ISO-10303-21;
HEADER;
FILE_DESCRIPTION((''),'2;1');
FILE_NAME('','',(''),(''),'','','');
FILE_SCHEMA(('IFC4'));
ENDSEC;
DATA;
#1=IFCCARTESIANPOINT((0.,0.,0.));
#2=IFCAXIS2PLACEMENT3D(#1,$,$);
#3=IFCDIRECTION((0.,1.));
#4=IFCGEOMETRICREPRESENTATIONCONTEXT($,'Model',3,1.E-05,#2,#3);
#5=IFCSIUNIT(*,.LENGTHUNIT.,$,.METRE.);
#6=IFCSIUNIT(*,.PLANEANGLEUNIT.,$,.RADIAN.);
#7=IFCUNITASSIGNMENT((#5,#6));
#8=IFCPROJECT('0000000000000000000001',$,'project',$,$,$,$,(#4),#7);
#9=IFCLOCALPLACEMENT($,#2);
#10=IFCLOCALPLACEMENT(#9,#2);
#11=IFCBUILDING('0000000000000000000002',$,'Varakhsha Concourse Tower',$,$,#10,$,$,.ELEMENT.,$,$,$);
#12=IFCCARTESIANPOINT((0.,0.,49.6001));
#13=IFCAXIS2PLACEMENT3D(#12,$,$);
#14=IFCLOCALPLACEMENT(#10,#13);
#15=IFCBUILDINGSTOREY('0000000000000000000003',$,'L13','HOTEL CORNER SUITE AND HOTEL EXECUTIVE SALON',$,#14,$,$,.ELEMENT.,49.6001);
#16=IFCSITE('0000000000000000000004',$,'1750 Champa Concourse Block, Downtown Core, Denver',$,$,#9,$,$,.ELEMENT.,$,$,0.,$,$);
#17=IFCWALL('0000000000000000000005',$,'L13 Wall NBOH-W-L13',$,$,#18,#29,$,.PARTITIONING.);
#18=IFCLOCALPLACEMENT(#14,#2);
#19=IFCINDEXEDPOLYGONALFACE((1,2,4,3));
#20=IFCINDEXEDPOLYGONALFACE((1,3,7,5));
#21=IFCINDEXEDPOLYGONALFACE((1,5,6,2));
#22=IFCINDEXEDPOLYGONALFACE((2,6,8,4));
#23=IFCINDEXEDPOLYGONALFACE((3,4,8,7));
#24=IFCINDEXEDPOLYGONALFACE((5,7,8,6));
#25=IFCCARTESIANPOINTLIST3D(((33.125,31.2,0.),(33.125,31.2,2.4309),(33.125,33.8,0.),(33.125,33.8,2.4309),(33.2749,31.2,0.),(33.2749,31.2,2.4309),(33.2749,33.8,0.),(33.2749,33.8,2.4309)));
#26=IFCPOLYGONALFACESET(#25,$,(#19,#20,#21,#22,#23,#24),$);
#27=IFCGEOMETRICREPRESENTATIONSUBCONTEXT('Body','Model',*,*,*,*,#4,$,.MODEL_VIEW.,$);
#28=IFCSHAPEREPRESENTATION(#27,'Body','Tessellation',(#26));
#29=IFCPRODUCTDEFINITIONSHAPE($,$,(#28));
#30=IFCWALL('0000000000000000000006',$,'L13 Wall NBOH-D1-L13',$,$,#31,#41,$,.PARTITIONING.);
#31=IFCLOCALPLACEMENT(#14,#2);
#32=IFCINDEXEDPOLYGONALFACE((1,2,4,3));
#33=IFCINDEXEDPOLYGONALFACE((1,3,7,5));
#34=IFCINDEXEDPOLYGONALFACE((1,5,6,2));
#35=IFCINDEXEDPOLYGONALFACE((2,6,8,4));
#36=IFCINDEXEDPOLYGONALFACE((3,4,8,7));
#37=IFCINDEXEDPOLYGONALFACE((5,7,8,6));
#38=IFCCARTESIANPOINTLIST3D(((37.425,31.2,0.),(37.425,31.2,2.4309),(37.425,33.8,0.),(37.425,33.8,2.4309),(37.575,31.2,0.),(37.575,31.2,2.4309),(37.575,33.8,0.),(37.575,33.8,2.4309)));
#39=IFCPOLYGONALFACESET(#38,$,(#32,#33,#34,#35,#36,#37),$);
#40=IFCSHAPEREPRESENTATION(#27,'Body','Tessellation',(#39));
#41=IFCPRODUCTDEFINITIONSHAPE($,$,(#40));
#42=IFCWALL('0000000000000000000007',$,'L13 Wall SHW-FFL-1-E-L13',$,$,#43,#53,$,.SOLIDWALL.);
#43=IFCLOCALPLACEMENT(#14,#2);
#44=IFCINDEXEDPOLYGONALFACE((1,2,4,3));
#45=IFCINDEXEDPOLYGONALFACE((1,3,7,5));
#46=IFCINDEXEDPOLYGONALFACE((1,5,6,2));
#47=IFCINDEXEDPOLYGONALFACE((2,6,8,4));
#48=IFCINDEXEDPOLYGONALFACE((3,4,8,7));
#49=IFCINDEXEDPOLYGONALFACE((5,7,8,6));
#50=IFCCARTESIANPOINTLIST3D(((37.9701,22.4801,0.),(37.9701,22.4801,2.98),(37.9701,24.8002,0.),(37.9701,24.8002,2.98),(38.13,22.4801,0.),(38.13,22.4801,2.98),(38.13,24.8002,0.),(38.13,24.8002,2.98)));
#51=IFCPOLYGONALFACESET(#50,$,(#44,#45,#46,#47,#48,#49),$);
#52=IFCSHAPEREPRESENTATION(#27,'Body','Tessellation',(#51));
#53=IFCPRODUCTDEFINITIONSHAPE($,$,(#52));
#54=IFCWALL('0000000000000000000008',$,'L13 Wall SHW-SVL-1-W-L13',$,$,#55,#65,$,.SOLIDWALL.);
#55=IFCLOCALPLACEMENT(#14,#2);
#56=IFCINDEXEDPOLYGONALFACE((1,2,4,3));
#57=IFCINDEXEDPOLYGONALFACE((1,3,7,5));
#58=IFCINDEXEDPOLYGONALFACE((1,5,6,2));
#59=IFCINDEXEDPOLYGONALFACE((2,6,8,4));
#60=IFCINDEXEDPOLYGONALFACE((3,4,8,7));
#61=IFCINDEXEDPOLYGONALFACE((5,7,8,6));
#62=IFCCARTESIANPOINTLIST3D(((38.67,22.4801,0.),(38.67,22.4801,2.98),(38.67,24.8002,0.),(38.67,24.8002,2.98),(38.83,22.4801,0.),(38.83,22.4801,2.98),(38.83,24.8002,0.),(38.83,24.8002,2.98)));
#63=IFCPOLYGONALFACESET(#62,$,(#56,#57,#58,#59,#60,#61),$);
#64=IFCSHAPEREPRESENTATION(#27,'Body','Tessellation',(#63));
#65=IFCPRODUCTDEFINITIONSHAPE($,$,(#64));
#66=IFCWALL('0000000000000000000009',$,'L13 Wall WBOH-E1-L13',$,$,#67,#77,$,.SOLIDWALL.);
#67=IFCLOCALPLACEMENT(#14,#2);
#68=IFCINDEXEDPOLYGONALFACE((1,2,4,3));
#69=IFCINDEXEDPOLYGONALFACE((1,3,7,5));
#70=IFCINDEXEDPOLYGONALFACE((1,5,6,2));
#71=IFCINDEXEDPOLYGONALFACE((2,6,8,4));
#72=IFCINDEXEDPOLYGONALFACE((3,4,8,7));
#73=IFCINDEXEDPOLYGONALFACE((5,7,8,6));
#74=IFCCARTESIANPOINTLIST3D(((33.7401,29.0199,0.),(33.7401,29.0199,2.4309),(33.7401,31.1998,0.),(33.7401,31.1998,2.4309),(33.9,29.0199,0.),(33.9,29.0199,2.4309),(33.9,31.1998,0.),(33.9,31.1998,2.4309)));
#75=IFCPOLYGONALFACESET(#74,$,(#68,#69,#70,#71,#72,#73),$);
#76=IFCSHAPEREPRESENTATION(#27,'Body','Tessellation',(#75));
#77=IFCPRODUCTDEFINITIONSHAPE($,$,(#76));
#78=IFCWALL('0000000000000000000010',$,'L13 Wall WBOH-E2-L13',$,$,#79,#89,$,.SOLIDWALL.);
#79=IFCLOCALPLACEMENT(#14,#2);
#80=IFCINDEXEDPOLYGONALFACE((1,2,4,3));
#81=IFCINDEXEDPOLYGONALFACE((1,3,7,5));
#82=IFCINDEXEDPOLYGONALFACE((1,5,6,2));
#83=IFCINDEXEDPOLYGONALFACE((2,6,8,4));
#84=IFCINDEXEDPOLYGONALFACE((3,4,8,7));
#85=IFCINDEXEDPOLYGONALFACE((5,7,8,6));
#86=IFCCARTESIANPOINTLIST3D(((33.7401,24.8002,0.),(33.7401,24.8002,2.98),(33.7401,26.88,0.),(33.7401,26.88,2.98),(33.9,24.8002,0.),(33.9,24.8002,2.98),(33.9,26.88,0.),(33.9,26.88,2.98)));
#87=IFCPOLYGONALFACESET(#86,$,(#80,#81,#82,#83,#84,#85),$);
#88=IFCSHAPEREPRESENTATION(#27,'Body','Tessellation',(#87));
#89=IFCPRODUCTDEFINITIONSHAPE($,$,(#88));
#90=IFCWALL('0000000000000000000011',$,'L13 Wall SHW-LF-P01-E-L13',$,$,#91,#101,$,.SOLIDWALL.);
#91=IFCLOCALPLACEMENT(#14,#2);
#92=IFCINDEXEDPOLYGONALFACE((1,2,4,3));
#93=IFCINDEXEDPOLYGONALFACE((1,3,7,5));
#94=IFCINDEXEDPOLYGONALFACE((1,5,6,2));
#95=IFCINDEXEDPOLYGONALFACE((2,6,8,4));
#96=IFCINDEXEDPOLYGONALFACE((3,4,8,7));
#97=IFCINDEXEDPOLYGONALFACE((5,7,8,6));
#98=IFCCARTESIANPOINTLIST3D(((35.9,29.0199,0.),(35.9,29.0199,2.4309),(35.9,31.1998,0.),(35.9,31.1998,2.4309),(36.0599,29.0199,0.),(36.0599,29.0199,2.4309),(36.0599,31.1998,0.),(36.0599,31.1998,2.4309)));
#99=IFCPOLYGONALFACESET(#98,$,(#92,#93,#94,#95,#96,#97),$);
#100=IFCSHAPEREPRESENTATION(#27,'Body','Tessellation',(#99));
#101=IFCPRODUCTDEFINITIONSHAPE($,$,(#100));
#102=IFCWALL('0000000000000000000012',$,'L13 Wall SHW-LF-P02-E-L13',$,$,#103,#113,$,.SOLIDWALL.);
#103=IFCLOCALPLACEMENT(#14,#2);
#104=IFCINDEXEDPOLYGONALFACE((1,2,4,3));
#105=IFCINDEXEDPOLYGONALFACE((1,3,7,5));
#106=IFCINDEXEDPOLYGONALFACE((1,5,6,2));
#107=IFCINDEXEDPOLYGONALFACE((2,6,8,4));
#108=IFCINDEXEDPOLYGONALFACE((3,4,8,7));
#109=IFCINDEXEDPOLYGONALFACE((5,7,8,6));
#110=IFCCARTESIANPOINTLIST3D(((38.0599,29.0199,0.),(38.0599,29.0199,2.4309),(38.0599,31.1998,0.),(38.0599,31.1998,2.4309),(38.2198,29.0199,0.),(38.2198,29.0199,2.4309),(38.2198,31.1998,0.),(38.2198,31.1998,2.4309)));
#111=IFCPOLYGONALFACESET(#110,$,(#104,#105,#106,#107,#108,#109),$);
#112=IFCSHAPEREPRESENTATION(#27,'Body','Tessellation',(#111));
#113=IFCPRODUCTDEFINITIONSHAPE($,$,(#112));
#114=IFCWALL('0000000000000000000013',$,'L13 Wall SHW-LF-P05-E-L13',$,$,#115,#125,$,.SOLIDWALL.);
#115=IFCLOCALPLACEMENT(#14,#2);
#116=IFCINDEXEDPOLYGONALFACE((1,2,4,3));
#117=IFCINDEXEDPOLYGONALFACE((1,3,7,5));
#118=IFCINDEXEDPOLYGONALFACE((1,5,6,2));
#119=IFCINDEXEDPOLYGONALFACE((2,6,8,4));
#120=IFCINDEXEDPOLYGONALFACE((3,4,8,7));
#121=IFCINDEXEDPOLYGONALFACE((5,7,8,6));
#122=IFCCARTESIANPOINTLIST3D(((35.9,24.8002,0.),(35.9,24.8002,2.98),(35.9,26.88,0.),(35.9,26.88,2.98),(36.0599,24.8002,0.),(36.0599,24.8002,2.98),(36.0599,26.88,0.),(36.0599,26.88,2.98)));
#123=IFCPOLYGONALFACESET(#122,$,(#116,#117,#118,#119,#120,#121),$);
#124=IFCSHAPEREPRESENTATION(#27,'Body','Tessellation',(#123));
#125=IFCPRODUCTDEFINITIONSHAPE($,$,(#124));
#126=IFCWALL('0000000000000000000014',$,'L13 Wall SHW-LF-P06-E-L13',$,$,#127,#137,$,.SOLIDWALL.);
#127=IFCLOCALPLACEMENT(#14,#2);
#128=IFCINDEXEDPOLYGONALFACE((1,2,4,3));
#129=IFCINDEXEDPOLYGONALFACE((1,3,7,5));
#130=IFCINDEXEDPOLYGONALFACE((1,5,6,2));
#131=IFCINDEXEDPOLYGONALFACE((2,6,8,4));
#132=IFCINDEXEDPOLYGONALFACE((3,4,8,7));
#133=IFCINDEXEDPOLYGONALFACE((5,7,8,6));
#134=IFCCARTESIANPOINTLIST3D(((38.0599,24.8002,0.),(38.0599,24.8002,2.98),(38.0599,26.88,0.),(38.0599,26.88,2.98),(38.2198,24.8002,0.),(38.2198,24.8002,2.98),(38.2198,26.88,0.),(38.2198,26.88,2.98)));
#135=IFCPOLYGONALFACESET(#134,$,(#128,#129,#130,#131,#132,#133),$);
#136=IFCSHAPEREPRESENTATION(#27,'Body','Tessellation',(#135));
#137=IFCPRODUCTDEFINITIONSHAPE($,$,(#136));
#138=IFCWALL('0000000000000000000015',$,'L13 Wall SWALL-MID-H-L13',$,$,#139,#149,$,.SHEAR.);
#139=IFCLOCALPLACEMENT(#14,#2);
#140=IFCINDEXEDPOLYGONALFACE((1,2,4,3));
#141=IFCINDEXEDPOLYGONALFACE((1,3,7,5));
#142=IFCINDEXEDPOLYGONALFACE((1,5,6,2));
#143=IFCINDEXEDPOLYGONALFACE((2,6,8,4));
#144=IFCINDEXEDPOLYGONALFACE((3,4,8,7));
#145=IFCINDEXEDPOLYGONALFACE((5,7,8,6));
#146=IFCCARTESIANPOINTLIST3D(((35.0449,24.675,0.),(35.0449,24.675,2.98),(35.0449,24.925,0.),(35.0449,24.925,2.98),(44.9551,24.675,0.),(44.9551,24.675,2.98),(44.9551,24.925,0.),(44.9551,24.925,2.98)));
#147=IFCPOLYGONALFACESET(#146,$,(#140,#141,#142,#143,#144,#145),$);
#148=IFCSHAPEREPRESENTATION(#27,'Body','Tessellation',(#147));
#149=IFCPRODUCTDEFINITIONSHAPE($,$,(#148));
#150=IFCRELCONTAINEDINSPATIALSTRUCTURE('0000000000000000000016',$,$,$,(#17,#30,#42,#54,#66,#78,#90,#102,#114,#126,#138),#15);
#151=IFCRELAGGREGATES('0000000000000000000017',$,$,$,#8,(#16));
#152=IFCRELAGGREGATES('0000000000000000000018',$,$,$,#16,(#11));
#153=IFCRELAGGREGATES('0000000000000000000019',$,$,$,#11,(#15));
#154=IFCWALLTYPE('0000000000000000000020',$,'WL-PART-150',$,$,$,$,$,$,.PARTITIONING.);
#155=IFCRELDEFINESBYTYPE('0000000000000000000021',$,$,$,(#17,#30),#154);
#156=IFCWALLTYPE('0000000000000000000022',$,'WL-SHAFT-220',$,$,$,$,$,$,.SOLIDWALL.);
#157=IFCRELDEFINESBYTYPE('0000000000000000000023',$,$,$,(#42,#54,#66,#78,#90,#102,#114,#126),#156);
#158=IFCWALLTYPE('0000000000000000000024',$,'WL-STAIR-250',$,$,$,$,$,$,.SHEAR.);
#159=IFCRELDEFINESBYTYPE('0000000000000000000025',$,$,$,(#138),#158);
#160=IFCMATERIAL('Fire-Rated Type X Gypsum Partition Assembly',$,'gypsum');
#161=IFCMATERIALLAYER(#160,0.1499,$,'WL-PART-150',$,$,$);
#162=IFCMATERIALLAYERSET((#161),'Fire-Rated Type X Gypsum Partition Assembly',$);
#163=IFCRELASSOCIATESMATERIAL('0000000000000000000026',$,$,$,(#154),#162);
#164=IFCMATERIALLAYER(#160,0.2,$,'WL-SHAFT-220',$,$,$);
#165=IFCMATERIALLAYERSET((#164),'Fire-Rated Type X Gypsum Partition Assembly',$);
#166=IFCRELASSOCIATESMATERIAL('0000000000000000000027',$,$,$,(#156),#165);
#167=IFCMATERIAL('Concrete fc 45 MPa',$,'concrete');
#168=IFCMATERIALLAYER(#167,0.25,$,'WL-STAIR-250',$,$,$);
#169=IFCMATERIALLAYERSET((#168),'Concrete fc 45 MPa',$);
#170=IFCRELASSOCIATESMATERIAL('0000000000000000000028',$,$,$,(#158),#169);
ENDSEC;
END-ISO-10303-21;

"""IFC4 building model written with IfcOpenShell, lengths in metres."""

from ifc_helpers import new_model, si_unit, direction, frame, frame_2d, origin, place, context, subcontext, project, spatial, rectangle, extrude, material, layer, layer_set, type_object, element, save


model = new_model("IFC4")

# Units and contexts
model_context = context("Model", 3, precision=1e-05, world=origin(), true_north=direction((0.0, 1.0)))
body_context = subcontext(model_context, "Body", "Model", "MODEL_VIEW")
ifc_project = project(units=[si_unit("LENGTHUNIT", "METRE"), si_unit("PLANEANGLEUNIT", "RADIAN")], contexts=[model_context])

# Site, building, storey
site_placement = place(None, origin())
site = spatial("IfcSite", under=ifc_project, at=site_placement, Name="1750 Champa Concourse Block, Downtown Core, Denver", CompositionType="ELEMENT", RefElevation=0.0)
building_placement = place(site_placement, origin())
building = spatial("IfcBuilding", under=site, at=building_placement, Name="Varakhsha Concourse Tower", CompositionType="ELEMENT")
storey_placement = place(building_placement, frame((0.0, 0.0, 49.6001)))
storey = spatial("IfcBuildingStorey", under=building, at=storey_placement, Name="L13", Description="HOTEL CORNER SUITE AND HOTEL EXECUTIVE SALON", CompositionType="ELEMENT", Elevation=49.6001)

# Shared definitions
ifc_material_1 = material(Name="Fire-Rated Type X Gypsum Partition Assembly", Category="gypsum")
ifc_layer_1 = layer(ifc_material_1, 0.1499, Name="WL-PART-150")
ifc_layer_set_1 = layer_set([ifc_layer_1], Name="Fire-Rated Type X Gypsum Partition Assembly")
wall_type_1 = type_object("IfcWallType", Name="WL-PART-150", PredefinedType="PARTITIONING", material=ifc_layer_set_1)

# Walls
for number, where, z_axis, x_axis, name in (
    (1, (33.2, 31.2, 0.0), (0.0, 0.0, 1.0), (0.0, 1.0, 0.0), "L13 Wall NBOH-W-L13"),
    (2, (37.5, 31.2, 0.0), (0.0, 0.0, 1.0), (0.0, 1.0, 0.0), "L13 Wall NBOH-D1-L13"),
):
    element("IfcWall", number, at=place(storey_placement, frame(where, z_axis=z_axis, x_axis=x_axis)), inside=storey, type_object=wall_type_1, Name=name, PredefinedType="PARTITIONING", context=body_context, shape_type="SweptSolid", body=[
        extrude(rectangle(XDim=2.6001, YDim=0.1499, at=frame_2d((1.3, 0.0))), origin(), (0.0, 0.0, 1.0), 2.4309),
    ])
ifc_layer_2 = layer(ifc_material_1, 0.2, Name="WL-SHAFT-220")
ifc_layer_set_2 = layer_set([ifc_layer_2], Name="Fire-Rated Type X Gypsum Partition Assembly")
wall_type_2 = type_object("IfcWallType", Name="WL-SHAFT-220", PredefinedType="SOLIDWALL", material=ifc_layer_set_2)
for number, where, z_axis, x_axis, name in (
    (3, (38.05, 22.48, 0.0), (0.0, 0.0, 1.0), (0.0, 1.0, 0.0), "L13 Wall SHW-FFL-1-E-L13"),
    (4, (38.75, 22.48, 0.0), (0.0, 0.0, 1.0), (0.0, 1.0, 0.0), "L13 Wall SHW-SVL-1-W-L13"),
):
    element("IfcWall", number, at=place(storey_placement, frame(where, z_axis=z_axis, x_axis=x_axis)), inside=storey, type_object=wall_type_2, Name=name, PredefinedType="SOLIDWALL", context=body_context, shape_type="SweptSolid", body=[
        extrude(rectangle(XDim=2.3201, YDim=0.1599, at=frame_2d((1.1602, 0.0))), origin(), (0.0, 0.0, 1.0), 2.98),
    ])

# Walls
wall_1_placement = place(storey_placement, frame((33.8201, 29.02, 0.0), z_axis=(0.0, 0.0, 1.0), x_axis=(0.0, 1.0, 0.0)))
element("IfcWall", 5, at=wall_1_placement, inside=storey, type_object=wall_type_2, Name="L13 Wall WBOH-E1-L13", PredefinedType="SOLIDWALL", context=body_context, shape_type="SweptSolid", body=[
    extrude(rectangle(XDim=2.1799, YDim=0.1599, at=frame_2d((1.0898, 0.0))), origin(), (0.0, 0.0, 1.0), 2.4309),
])
wall_2_placement = place(storey_placement, frame((33.8201, 24.8, 0.0), z_axis=(0.0, 0.0, 1.0), x_axis=(0.0, 1.0, 0.0)))
element("IfcWall", 6, at=wall_2_placement, inside=storey, type_object=wall_type_2, Name="L13 Wall WBOH-E2-L13", PredefinedType="SOLIDWALL", context=body_context, shape_type="SweptSolid", body=[
    extrude(rectangle(XDim=2.0798, YDim=0.1599, at=frame_2d((1.04, 0.0))), origin(), (0.0, 0.0, 1.0), 2.98),
])
for number, where, z_axis, x_axis, name in (
    (7, (35.98, 29.02, 0.0), (0.0, 0.0, 1.0), (0.0, 1.0, 0.0), "L13 Wall SHW-LF-P01-E-L13"),
    (8, (38.1399, 29.02, 0.0), (0.0, 0.0, 1.0), (0.0, 1.0, 0.0), "L13 Wall SHW-LF-P02-E-L13"),
):
    element("IfcWall", number, at=place(storey_placement, frame(where, z_axis=z_axis, x_axis=x_axis)), inside=storey, type_object=wall_type_2, Name=name, PredefinedType="SOLIDWALL", context=body_context, shape_type="SweptSolid", body=[
        extrude(rectangle(XDim=2.1799, YDim=0.1599, at=frame_2d((1.0898, 0.0))), origin(), (0.0, 0.0, 1.0), 2.4309),
    ])
for number, where, z_axis, x_axis, name in (
    (9, (35.98, 24.8, 0.0), (0.0, 0.0, 1.0), (0.0, 1.0, 0.0), "L13 Wall SHW-LF-P05-E-L13"),
    (10, (38.1399, 24.8, 0.0), (0.0, 0.0, 1.0), (0.0, 1.0, 0.0), "L13 Wall SHW-LF-P06-E-L13"),
):
    element("IfcWall", number, at=place(storey_placement, frame(where, z_axis=z_axis, x_axis=x_axis)), inside=storey, type_object=wall_type_2, Name=name, PredefinedType="SOLIDWALL", context=body_context, shape_type="SweptSolid", body=[
        extrude(rectangle(XDim=2.0798, YDim=0.1599, at=frame_2d((1.04, 0.0))), origin(), (0.0, 0.0, 1.0), 2.98),
    ])
ifc_material_2 = material(Name="Concrete fc 45 MPa", Category="concrete")
ifc_layer_3 = layer(ifc_material_2, 0.25, Name="WL-STAIR-250")
ifc_layer_set_3 = layer_set([ifc_layer_3], Name="Concrete fc 45 MPa")
wall_type_3 = type_object("IfcWallType", Name="WL-STAIR-250", PredefinedType="SHEAR", material=ifc_layer_set_3)
wall_3_placement = place(storey_placement, frame((35.0449, 24.8, 0.0), z_axis=(0.0, 0.0, 1.0), x_axis=(1.0, 0.0, 0.0)))
element("IfcWall", 11, at=wall_3_placement, inside=storey, type_object=wall_type_3, Name="L13 Wall SWALL-MID-H-L13", PredefinedType="SHEAR", context=body_context, shape_type="SweptSolid", body=[
    extrude(rectangle(XDim=9.9102, YDim=0.25, at=frame_2d((4.9551, 0.0))), origin(), (0.0, 0.0, 1.0), 2.98),
])

save(model, "model.ifc")
